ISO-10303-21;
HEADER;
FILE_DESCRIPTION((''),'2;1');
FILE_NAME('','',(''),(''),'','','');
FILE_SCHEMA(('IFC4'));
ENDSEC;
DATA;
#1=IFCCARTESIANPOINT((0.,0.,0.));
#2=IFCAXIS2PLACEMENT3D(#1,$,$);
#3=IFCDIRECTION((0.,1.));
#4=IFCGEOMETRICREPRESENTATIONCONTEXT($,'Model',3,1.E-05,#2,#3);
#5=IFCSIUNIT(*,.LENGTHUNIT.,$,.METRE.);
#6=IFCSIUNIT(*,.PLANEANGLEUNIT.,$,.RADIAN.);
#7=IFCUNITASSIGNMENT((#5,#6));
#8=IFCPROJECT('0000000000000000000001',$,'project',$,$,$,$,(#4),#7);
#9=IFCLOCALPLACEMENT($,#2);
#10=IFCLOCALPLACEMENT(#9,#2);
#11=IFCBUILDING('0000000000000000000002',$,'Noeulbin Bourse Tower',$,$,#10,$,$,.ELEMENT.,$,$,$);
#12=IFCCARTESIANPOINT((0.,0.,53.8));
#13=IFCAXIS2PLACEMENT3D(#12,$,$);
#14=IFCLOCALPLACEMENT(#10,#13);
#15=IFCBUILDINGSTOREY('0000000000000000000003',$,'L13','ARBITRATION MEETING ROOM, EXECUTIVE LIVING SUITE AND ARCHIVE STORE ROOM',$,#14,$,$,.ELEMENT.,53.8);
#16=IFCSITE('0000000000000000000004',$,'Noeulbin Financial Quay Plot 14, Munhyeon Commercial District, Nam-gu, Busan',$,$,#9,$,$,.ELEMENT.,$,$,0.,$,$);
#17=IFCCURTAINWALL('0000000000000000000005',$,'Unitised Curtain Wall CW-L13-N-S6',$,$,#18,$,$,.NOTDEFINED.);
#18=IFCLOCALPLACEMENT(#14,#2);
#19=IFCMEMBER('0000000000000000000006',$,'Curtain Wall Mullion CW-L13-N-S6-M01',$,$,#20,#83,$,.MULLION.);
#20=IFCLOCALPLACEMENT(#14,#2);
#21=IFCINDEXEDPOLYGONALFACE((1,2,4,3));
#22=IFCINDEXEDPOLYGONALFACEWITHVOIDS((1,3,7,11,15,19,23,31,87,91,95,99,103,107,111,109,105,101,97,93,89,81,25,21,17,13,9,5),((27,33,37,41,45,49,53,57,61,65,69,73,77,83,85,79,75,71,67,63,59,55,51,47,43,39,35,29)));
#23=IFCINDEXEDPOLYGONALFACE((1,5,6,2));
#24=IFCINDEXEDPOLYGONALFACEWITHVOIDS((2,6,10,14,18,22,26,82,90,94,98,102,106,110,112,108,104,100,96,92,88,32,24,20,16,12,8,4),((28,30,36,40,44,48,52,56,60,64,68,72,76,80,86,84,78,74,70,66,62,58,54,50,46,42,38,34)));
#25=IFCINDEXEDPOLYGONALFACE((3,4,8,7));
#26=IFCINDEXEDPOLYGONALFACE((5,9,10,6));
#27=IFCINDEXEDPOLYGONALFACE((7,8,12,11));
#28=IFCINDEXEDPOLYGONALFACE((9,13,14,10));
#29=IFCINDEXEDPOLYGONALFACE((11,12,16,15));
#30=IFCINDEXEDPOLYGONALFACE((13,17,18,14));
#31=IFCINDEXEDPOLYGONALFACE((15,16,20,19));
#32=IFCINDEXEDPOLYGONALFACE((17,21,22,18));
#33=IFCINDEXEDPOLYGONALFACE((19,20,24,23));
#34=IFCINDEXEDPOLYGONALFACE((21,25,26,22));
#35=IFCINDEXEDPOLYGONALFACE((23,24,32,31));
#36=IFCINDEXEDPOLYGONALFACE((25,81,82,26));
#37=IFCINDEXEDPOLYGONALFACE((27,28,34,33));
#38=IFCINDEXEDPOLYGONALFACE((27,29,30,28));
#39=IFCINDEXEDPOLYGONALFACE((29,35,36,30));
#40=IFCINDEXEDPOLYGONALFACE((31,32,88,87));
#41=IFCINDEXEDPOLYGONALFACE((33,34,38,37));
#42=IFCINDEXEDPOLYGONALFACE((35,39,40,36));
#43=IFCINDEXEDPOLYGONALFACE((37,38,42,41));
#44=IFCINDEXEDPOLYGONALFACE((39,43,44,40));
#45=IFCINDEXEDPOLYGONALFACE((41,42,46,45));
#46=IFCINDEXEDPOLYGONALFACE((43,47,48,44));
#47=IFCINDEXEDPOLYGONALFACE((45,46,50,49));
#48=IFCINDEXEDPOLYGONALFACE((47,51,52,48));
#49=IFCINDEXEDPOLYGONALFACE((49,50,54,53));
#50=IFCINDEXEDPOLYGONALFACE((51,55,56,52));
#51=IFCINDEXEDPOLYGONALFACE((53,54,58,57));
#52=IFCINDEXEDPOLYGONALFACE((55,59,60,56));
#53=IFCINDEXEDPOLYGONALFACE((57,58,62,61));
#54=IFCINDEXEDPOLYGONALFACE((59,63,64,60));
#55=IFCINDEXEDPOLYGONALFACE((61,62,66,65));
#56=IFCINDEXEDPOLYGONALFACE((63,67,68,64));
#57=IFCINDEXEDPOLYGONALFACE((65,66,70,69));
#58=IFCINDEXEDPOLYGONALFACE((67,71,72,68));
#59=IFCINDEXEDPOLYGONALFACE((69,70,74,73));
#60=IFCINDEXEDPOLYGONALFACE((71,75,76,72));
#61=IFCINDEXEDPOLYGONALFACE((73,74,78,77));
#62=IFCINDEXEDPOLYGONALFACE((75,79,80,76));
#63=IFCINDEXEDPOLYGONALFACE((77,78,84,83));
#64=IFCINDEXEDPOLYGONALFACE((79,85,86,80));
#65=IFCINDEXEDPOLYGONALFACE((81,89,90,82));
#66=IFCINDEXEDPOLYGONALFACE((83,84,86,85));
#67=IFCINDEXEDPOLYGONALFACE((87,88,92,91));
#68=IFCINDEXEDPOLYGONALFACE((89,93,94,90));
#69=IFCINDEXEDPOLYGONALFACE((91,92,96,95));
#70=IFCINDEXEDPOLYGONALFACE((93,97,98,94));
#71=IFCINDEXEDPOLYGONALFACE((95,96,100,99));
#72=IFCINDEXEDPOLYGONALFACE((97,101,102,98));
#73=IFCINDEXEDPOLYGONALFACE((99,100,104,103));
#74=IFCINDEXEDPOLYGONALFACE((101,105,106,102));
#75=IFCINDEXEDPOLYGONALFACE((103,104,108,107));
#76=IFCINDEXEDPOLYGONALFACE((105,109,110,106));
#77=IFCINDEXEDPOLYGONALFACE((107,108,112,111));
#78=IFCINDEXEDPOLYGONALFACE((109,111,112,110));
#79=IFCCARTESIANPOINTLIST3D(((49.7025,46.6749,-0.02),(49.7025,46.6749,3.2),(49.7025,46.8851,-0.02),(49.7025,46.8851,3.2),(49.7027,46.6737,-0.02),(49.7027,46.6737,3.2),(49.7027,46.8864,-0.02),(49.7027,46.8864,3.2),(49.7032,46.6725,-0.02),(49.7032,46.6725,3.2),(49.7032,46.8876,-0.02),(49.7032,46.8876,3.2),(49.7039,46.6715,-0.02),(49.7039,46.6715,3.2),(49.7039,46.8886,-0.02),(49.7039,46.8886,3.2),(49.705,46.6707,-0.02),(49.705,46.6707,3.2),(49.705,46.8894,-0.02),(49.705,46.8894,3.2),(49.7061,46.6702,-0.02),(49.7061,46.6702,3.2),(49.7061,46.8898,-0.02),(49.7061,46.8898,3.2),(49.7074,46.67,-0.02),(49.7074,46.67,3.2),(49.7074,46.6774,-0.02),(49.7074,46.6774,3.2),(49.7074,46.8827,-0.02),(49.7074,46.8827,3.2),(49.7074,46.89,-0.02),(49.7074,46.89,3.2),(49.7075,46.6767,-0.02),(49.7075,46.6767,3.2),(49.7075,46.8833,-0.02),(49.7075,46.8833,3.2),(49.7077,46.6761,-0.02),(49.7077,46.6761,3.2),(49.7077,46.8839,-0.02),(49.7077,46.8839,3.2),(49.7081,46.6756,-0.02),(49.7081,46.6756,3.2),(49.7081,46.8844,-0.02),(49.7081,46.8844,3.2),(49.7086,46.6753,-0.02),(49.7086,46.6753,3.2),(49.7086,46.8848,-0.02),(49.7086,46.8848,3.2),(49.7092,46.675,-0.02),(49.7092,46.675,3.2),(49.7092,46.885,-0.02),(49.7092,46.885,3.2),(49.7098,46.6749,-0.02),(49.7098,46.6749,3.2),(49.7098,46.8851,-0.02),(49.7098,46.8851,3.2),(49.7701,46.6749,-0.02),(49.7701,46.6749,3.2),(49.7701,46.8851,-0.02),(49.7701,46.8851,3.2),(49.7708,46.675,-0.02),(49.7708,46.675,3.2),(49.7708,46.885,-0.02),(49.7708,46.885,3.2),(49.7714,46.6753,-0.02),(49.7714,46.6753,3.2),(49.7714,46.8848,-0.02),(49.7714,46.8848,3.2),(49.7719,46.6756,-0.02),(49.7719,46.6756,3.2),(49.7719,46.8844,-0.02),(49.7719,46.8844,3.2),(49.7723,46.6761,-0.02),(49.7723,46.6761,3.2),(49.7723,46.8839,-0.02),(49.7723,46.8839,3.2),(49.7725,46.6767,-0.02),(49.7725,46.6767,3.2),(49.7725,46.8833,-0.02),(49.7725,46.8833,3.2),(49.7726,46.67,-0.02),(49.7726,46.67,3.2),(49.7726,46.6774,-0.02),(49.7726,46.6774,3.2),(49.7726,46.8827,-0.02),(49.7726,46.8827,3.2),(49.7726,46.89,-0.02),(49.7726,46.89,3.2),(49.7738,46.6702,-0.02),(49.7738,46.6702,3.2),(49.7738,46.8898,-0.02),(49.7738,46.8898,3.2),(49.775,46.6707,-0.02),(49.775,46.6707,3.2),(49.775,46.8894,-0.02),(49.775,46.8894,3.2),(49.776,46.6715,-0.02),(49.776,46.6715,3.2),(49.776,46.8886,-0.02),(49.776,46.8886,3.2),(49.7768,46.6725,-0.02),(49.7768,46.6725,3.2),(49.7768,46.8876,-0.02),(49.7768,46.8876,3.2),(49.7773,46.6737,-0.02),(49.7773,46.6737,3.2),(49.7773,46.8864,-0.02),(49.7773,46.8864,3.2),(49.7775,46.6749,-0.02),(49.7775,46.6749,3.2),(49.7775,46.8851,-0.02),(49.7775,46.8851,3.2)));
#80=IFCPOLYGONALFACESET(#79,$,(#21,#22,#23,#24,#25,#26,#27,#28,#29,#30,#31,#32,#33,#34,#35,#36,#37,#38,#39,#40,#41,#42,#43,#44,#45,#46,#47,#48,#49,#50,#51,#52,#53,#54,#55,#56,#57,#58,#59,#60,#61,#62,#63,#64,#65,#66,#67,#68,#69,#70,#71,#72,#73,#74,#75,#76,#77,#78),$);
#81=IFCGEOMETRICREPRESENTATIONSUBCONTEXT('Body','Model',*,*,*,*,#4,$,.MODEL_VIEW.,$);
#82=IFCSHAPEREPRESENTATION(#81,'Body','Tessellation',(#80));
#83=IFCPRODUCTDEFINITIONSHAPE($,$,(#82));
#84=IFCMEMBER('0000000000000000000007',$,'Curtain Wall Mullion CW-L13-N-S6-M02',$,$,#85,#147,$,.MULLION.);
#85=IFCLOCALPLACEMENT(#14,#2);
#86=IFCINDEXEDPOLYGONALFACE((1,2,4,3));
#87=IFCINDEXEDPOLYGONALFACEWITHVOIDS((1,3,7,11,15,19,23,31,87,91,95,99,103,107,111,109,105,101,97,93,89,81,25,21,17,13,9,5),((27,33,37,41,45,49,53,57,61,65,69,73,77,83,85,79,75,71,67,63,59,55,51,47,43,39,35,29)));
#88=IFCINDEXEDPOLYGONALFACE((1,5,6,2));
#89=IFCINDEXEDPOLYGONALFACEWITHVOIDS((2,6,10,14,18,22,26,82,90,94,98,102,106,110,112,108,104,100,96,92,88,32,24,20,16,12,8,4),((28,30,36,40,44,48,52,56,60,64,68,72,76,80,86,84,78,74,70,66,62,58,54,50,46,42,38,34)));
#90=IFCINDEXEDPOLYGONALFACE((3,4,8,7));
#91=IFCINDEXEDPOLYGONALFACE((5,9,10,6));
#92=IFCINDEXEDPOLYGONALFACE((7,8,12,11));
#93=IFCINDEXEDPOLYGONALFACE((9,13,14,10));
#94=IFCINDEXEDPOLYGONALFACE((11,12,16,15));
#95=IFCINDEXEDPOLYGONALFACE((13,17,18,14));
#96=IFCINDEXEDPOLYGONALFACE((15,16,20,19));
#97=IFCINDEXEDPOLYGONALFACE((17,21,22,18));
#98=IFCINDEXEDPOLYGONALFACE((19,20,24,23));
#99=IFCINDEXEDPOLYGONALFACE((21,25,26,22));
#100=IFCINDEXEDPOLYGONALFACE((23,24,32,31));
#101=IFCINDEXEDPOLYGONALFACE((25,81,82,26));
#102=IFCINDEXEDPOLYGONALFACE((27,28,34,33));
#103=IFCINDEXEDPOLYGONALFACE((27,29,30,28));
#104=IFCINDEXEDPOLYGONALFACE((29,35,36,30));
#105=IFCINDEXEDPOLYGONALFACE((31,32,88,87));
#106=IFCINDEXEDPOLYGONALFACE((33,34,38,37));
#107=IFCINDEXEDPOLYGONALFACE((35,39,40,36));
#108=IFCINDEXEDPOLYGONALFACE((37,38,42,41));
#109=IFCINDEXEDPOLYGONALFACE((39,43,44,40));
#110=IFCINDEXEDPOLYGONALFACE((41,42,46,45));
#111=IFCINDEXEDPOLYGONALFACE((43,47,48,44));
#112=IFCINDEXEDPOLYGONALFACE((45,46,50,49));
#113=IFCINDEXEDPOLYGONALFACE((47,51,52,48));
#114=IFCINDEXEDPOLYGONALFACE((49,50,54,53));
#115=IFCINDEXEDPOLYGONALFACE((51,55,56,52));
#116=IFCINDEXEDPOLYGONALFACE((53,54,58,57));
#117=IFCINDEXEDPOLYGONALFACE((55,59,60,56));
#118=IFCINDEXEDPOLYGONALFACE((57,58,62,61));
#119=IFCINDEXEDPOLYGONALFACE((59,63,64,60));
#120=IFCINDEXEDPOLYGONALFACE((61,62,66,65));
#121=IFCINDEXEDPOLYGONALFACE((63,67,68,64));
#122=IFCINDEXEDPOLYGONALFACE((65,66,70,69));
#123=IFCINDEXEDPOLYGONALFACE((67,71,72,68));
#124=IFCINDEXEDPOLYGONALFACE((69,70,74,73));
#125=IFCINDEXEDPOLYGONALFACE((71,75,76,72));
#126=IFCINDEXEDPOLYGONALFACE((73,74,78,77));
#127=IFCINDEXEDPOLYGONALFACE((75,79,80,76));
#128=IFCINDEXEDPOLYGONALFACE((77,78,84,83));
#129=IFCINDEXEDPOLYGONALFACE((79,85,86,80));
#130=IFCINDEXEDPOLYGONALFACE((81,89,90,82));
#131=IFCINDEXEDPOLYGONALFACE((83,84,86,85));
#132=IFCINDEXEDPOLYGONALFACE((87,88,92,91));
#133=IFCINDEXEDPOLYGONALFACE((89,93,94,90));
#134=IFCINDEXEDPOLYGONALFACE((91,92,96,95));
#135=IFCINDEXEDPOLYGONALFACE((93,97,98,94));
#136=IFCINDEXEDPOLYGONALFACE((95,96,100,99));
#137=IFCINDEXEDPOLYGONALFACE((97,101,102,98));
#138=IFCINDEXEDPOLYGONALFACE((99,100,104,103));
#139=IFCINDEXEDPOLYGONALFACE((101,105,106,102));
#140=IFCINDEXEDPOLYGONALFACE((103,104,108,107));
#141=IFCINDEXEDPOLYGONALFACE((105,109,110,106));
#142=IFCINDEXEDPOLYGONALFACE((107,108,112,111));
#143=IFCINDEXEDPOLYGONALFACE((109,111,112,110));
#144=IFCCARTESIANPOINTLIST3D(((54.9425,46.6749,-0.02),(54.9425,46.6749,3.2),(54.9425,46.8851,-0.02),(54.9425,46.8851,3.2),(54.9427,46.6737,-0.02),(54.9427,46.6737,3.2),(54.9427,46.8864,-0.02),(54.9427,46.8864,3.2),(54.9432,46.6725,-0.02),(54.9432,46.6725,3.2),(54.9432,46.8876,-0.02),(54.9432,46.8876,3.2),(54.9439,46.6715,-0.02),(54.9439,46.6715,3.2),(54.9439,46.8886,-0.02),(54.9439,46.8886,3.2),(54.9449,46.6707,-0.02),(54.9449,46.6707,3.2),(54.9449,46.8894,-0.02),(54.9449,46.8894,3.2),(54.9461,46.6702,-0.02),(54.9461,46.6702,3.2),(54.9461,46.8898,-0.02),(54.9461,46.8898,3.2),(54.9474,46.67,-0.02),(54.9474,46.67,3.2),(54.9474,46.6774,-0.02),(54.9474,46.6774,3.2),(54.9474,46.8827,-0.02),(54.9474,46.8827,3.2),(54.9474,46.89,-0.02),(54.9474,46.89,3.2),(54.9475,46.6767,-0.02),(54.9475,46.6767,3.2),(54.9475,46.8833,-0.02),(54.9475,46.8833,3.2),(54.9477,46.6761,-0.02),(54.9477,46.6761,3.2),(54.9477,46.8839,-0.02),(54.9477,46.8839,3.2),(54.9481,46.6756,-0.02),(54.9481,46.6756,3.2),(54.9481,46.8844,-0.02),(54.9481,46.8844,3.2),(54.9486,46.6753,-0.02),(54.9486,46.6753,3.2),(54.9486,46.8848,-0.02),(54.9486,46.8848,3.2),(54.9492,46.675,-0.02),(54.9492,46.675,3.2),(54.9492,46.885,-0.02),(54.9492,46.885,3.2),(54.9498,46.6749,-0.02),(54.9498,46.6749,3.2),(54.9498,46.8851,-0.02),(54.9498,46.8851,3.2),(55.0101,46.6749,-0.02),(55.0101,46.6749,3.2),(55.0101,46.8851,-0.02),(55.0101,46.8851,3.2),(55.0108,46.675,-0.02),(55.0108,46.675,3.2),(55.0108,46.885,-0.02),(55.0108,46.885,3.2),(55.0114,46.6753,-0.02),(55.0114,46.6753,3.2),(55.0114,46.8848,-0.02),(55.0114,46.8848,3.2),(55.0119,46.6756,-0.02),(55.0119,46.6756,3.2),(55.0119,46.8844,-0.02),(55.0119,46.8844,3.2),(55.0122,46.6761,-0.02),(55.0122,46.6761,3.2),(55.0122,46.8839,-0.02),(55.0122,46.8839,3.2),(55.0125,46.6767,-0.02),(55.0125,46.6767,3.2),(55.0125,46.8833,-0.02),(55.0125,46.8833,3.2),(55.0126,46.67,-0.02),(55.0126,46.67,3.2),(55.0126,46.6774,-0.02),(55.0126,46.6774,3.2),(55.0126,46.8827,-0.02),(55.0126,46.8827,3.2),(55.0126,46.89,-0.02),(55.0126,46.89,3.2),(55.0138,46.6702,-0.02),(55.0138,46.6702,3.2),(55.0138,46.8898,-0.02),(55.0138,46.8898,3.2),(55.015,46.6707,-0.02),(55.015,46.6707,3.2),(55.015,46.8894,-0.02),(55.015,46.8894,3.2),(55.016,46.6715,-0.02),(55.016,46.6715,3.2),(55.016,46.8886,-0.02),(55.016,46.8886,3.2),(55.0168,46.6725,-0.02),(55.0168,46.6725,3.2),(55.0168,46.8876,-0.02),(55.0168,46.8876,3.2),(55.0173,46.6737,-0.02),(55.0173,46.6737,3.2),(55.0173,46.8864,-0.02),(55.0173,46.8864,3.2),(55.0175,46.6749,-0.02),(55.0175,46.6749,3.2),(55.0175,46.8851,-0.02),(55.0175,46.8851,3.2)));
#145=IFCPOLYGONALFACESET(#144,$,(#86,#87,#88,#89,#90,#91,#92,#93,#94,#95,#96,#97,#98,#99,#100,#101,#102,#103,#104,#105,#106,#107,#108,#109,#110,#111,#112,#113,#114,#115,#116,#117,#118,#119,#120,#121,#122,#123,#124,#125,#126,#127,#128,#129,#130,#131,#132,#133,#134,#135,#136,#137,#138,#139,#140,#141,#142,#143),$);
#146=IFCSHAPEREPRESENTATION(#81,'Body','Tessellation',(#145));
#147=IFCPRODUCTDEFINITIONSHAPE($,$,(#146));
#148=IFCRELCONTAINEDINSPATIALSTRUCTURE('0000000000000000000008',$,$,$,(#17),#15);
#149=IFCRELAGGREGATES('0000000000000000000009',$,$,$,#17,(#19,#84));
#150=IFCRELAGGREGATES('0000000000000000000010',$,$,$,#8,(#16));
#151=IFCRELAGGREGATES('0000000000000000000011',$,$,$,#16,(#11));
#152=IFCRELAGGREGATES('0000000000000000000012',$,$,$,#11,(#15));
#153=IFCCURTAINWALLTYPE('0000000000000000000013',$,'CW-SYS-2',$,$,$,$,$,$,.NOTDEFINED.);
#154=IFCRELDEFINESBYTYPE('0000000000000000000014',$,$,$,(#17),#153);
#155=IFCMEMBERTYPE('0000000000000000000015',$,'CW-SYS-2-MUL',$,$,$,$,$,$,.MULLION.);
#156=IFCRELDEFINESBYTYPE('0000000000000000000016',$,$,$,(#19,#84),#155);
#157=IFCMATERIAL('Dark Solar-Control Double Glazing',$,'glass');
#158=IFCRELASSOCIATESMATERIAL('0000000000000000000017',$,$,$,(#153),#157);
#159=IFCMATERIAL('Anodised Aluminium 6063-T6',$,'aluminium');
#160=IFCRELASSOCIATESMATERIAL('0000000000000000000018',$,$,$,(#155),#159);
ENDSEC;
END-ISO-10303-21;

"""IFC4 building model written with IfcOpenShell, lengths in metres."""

from ifc_helpers import new_model, si_unit, direction, frame, origin, origin_2d, place, context, subcontext, project, spatial, hollow_rectangle, extrude, material, material_profile, profile_set, type_object, element, aggregate, save


model = new_model("IFC4")

# Units and contexts
model_context = context("Model", 3, precision=1e-05, world=origin(), true_north=direction((0.0, 1.0)))
body_context = subcontext(model_context, "Body", "Model", "MODEL_VIEW")
ifc_project = project(units=[si_unit("LENGTHUNIT", "METRE"), si_unit("PLANEANGLEUNIT", "RADIAN")], contexts=[model_context])

# Site, building, storey
site_placement = place(None, origin())
site = spatial("IfcSite", under=ifc_project, at=site_placement, Name="Noeulbin Financial Quay Plot 14, Munhyeon Commercial District, Nam-gu, Busan", CompositionType="ELEMENT", RefElevation=0.0)
building_placement = place(site_placement, origin())
building = spatial("IfcBuilding", under=site, at=building_placement, Name="Noeulbin Bourse Tower", CompositionType="ELEMENT")
storey_placement = place(building_placement, frame((0.0, 0.0, 53.8)))
storey = spatial("IfcBuildingStorey", under=building, at=storey_placement, Name="L13", Description="ARBITRATION MEETING ROOM, EXECUTIVE LIVING SUITE AND ARCHIVE STORE ROOM", CompositionType="ELEMENT", Elevation=53.8)

# Shared definitions
ifc_material_1 = material(Name="Dark Solar-Control Double Glazing", Category="glass")
curtain_wall_type = type_object("IfcCurtainWallType", Name="CW-SYS-2", PredefinedType="NOTDEFINED", material=ifc_material_1)
ifc_material_2 = material(Name="Anodised Aluminium 6063-T6", Category="aluminium")
ifc_material_profile_1 = material_profile(ifc_material_2, hollow_rectangle(XDim=0.075, YDim=0.22, WallThickness=0.0049, InnerFilletRadius=0.0024, OuterFilletRadius=0.0049, at=origin_2d()), Name="ALU-MULL-75x220x5", Category="LoadBearing")
ifc_profile_set_1 = profile_set([ifc_material_profile_1], Name="Anodised Aluminium 6063-T6")
member_type_1 = type_object("IfcMemberType", Name="CW-SYS-2-MUL", PredefinedType="MULLION", material=ifc_profile_set_1)

# Curtain wall, members
curtain_wall_1_placement = place(storey_placement, origin())
curtain_wall_1 = element("IfcCurtainWall", 1, at=curtain_wall_1_placement, inside=storey, type_object=curtain_wall_type, Name="Unitised Curtain Wall CW-L13-N-S6", PredefinedType="NOTDEFINED")
member_1_placement = place(storey_placement, frame((49.74, 46.78, -0.02), z_axis=(0.0, 0.0, 1.0), x_axis=(1.0, 0.0, 0.0)))
member_1 = element("IfcMember", 2, at=member_1_placement, type_object=member_type_1, Name="Curtain Wall Mullion CW-L13-N-S6-M01", PredefinedType="MULLION", context=body_context, shape_type="SweptSolid", body=[
    extrude(hollow_rectangle(XDim=0.075, YDim=0.22, WallThickness=0.0049, InnerFilletRadius=0.0024, OuterFilletRadius=0.0049, at=origin_2d()), origin(), (0.0, 0.0, 1.0), 3.22),
])
member_2_placement = place(storey_placement, frame((54.98, 46.78, -0.02), z_axis=(0.0, 0.0, 1.0), x_axis=(1.0, 0.0, 0.0)))
member_2 = element("IfcMember", 3, at=member_2_placement, type_object=member_type_1, Name="Curtain Wall Mullion CW-L13-N-S6-M02", PredefinedType="MULLION", context=body_context, shape_type="SweptSolid", body=[
    extrude(hollow_rectangle(XDim=0.075, YDim=0.22, WallThickness=0.0049, InnerFilletRadius=0.0024, OuterFilletRadius=0.0049, at=origin_2d()), origin(), (0.0, 0.0, 1.0), 3.22),
])

aggregate(curtain_wall_1, [member_1, member_2])

save(model, "model.ifc")
